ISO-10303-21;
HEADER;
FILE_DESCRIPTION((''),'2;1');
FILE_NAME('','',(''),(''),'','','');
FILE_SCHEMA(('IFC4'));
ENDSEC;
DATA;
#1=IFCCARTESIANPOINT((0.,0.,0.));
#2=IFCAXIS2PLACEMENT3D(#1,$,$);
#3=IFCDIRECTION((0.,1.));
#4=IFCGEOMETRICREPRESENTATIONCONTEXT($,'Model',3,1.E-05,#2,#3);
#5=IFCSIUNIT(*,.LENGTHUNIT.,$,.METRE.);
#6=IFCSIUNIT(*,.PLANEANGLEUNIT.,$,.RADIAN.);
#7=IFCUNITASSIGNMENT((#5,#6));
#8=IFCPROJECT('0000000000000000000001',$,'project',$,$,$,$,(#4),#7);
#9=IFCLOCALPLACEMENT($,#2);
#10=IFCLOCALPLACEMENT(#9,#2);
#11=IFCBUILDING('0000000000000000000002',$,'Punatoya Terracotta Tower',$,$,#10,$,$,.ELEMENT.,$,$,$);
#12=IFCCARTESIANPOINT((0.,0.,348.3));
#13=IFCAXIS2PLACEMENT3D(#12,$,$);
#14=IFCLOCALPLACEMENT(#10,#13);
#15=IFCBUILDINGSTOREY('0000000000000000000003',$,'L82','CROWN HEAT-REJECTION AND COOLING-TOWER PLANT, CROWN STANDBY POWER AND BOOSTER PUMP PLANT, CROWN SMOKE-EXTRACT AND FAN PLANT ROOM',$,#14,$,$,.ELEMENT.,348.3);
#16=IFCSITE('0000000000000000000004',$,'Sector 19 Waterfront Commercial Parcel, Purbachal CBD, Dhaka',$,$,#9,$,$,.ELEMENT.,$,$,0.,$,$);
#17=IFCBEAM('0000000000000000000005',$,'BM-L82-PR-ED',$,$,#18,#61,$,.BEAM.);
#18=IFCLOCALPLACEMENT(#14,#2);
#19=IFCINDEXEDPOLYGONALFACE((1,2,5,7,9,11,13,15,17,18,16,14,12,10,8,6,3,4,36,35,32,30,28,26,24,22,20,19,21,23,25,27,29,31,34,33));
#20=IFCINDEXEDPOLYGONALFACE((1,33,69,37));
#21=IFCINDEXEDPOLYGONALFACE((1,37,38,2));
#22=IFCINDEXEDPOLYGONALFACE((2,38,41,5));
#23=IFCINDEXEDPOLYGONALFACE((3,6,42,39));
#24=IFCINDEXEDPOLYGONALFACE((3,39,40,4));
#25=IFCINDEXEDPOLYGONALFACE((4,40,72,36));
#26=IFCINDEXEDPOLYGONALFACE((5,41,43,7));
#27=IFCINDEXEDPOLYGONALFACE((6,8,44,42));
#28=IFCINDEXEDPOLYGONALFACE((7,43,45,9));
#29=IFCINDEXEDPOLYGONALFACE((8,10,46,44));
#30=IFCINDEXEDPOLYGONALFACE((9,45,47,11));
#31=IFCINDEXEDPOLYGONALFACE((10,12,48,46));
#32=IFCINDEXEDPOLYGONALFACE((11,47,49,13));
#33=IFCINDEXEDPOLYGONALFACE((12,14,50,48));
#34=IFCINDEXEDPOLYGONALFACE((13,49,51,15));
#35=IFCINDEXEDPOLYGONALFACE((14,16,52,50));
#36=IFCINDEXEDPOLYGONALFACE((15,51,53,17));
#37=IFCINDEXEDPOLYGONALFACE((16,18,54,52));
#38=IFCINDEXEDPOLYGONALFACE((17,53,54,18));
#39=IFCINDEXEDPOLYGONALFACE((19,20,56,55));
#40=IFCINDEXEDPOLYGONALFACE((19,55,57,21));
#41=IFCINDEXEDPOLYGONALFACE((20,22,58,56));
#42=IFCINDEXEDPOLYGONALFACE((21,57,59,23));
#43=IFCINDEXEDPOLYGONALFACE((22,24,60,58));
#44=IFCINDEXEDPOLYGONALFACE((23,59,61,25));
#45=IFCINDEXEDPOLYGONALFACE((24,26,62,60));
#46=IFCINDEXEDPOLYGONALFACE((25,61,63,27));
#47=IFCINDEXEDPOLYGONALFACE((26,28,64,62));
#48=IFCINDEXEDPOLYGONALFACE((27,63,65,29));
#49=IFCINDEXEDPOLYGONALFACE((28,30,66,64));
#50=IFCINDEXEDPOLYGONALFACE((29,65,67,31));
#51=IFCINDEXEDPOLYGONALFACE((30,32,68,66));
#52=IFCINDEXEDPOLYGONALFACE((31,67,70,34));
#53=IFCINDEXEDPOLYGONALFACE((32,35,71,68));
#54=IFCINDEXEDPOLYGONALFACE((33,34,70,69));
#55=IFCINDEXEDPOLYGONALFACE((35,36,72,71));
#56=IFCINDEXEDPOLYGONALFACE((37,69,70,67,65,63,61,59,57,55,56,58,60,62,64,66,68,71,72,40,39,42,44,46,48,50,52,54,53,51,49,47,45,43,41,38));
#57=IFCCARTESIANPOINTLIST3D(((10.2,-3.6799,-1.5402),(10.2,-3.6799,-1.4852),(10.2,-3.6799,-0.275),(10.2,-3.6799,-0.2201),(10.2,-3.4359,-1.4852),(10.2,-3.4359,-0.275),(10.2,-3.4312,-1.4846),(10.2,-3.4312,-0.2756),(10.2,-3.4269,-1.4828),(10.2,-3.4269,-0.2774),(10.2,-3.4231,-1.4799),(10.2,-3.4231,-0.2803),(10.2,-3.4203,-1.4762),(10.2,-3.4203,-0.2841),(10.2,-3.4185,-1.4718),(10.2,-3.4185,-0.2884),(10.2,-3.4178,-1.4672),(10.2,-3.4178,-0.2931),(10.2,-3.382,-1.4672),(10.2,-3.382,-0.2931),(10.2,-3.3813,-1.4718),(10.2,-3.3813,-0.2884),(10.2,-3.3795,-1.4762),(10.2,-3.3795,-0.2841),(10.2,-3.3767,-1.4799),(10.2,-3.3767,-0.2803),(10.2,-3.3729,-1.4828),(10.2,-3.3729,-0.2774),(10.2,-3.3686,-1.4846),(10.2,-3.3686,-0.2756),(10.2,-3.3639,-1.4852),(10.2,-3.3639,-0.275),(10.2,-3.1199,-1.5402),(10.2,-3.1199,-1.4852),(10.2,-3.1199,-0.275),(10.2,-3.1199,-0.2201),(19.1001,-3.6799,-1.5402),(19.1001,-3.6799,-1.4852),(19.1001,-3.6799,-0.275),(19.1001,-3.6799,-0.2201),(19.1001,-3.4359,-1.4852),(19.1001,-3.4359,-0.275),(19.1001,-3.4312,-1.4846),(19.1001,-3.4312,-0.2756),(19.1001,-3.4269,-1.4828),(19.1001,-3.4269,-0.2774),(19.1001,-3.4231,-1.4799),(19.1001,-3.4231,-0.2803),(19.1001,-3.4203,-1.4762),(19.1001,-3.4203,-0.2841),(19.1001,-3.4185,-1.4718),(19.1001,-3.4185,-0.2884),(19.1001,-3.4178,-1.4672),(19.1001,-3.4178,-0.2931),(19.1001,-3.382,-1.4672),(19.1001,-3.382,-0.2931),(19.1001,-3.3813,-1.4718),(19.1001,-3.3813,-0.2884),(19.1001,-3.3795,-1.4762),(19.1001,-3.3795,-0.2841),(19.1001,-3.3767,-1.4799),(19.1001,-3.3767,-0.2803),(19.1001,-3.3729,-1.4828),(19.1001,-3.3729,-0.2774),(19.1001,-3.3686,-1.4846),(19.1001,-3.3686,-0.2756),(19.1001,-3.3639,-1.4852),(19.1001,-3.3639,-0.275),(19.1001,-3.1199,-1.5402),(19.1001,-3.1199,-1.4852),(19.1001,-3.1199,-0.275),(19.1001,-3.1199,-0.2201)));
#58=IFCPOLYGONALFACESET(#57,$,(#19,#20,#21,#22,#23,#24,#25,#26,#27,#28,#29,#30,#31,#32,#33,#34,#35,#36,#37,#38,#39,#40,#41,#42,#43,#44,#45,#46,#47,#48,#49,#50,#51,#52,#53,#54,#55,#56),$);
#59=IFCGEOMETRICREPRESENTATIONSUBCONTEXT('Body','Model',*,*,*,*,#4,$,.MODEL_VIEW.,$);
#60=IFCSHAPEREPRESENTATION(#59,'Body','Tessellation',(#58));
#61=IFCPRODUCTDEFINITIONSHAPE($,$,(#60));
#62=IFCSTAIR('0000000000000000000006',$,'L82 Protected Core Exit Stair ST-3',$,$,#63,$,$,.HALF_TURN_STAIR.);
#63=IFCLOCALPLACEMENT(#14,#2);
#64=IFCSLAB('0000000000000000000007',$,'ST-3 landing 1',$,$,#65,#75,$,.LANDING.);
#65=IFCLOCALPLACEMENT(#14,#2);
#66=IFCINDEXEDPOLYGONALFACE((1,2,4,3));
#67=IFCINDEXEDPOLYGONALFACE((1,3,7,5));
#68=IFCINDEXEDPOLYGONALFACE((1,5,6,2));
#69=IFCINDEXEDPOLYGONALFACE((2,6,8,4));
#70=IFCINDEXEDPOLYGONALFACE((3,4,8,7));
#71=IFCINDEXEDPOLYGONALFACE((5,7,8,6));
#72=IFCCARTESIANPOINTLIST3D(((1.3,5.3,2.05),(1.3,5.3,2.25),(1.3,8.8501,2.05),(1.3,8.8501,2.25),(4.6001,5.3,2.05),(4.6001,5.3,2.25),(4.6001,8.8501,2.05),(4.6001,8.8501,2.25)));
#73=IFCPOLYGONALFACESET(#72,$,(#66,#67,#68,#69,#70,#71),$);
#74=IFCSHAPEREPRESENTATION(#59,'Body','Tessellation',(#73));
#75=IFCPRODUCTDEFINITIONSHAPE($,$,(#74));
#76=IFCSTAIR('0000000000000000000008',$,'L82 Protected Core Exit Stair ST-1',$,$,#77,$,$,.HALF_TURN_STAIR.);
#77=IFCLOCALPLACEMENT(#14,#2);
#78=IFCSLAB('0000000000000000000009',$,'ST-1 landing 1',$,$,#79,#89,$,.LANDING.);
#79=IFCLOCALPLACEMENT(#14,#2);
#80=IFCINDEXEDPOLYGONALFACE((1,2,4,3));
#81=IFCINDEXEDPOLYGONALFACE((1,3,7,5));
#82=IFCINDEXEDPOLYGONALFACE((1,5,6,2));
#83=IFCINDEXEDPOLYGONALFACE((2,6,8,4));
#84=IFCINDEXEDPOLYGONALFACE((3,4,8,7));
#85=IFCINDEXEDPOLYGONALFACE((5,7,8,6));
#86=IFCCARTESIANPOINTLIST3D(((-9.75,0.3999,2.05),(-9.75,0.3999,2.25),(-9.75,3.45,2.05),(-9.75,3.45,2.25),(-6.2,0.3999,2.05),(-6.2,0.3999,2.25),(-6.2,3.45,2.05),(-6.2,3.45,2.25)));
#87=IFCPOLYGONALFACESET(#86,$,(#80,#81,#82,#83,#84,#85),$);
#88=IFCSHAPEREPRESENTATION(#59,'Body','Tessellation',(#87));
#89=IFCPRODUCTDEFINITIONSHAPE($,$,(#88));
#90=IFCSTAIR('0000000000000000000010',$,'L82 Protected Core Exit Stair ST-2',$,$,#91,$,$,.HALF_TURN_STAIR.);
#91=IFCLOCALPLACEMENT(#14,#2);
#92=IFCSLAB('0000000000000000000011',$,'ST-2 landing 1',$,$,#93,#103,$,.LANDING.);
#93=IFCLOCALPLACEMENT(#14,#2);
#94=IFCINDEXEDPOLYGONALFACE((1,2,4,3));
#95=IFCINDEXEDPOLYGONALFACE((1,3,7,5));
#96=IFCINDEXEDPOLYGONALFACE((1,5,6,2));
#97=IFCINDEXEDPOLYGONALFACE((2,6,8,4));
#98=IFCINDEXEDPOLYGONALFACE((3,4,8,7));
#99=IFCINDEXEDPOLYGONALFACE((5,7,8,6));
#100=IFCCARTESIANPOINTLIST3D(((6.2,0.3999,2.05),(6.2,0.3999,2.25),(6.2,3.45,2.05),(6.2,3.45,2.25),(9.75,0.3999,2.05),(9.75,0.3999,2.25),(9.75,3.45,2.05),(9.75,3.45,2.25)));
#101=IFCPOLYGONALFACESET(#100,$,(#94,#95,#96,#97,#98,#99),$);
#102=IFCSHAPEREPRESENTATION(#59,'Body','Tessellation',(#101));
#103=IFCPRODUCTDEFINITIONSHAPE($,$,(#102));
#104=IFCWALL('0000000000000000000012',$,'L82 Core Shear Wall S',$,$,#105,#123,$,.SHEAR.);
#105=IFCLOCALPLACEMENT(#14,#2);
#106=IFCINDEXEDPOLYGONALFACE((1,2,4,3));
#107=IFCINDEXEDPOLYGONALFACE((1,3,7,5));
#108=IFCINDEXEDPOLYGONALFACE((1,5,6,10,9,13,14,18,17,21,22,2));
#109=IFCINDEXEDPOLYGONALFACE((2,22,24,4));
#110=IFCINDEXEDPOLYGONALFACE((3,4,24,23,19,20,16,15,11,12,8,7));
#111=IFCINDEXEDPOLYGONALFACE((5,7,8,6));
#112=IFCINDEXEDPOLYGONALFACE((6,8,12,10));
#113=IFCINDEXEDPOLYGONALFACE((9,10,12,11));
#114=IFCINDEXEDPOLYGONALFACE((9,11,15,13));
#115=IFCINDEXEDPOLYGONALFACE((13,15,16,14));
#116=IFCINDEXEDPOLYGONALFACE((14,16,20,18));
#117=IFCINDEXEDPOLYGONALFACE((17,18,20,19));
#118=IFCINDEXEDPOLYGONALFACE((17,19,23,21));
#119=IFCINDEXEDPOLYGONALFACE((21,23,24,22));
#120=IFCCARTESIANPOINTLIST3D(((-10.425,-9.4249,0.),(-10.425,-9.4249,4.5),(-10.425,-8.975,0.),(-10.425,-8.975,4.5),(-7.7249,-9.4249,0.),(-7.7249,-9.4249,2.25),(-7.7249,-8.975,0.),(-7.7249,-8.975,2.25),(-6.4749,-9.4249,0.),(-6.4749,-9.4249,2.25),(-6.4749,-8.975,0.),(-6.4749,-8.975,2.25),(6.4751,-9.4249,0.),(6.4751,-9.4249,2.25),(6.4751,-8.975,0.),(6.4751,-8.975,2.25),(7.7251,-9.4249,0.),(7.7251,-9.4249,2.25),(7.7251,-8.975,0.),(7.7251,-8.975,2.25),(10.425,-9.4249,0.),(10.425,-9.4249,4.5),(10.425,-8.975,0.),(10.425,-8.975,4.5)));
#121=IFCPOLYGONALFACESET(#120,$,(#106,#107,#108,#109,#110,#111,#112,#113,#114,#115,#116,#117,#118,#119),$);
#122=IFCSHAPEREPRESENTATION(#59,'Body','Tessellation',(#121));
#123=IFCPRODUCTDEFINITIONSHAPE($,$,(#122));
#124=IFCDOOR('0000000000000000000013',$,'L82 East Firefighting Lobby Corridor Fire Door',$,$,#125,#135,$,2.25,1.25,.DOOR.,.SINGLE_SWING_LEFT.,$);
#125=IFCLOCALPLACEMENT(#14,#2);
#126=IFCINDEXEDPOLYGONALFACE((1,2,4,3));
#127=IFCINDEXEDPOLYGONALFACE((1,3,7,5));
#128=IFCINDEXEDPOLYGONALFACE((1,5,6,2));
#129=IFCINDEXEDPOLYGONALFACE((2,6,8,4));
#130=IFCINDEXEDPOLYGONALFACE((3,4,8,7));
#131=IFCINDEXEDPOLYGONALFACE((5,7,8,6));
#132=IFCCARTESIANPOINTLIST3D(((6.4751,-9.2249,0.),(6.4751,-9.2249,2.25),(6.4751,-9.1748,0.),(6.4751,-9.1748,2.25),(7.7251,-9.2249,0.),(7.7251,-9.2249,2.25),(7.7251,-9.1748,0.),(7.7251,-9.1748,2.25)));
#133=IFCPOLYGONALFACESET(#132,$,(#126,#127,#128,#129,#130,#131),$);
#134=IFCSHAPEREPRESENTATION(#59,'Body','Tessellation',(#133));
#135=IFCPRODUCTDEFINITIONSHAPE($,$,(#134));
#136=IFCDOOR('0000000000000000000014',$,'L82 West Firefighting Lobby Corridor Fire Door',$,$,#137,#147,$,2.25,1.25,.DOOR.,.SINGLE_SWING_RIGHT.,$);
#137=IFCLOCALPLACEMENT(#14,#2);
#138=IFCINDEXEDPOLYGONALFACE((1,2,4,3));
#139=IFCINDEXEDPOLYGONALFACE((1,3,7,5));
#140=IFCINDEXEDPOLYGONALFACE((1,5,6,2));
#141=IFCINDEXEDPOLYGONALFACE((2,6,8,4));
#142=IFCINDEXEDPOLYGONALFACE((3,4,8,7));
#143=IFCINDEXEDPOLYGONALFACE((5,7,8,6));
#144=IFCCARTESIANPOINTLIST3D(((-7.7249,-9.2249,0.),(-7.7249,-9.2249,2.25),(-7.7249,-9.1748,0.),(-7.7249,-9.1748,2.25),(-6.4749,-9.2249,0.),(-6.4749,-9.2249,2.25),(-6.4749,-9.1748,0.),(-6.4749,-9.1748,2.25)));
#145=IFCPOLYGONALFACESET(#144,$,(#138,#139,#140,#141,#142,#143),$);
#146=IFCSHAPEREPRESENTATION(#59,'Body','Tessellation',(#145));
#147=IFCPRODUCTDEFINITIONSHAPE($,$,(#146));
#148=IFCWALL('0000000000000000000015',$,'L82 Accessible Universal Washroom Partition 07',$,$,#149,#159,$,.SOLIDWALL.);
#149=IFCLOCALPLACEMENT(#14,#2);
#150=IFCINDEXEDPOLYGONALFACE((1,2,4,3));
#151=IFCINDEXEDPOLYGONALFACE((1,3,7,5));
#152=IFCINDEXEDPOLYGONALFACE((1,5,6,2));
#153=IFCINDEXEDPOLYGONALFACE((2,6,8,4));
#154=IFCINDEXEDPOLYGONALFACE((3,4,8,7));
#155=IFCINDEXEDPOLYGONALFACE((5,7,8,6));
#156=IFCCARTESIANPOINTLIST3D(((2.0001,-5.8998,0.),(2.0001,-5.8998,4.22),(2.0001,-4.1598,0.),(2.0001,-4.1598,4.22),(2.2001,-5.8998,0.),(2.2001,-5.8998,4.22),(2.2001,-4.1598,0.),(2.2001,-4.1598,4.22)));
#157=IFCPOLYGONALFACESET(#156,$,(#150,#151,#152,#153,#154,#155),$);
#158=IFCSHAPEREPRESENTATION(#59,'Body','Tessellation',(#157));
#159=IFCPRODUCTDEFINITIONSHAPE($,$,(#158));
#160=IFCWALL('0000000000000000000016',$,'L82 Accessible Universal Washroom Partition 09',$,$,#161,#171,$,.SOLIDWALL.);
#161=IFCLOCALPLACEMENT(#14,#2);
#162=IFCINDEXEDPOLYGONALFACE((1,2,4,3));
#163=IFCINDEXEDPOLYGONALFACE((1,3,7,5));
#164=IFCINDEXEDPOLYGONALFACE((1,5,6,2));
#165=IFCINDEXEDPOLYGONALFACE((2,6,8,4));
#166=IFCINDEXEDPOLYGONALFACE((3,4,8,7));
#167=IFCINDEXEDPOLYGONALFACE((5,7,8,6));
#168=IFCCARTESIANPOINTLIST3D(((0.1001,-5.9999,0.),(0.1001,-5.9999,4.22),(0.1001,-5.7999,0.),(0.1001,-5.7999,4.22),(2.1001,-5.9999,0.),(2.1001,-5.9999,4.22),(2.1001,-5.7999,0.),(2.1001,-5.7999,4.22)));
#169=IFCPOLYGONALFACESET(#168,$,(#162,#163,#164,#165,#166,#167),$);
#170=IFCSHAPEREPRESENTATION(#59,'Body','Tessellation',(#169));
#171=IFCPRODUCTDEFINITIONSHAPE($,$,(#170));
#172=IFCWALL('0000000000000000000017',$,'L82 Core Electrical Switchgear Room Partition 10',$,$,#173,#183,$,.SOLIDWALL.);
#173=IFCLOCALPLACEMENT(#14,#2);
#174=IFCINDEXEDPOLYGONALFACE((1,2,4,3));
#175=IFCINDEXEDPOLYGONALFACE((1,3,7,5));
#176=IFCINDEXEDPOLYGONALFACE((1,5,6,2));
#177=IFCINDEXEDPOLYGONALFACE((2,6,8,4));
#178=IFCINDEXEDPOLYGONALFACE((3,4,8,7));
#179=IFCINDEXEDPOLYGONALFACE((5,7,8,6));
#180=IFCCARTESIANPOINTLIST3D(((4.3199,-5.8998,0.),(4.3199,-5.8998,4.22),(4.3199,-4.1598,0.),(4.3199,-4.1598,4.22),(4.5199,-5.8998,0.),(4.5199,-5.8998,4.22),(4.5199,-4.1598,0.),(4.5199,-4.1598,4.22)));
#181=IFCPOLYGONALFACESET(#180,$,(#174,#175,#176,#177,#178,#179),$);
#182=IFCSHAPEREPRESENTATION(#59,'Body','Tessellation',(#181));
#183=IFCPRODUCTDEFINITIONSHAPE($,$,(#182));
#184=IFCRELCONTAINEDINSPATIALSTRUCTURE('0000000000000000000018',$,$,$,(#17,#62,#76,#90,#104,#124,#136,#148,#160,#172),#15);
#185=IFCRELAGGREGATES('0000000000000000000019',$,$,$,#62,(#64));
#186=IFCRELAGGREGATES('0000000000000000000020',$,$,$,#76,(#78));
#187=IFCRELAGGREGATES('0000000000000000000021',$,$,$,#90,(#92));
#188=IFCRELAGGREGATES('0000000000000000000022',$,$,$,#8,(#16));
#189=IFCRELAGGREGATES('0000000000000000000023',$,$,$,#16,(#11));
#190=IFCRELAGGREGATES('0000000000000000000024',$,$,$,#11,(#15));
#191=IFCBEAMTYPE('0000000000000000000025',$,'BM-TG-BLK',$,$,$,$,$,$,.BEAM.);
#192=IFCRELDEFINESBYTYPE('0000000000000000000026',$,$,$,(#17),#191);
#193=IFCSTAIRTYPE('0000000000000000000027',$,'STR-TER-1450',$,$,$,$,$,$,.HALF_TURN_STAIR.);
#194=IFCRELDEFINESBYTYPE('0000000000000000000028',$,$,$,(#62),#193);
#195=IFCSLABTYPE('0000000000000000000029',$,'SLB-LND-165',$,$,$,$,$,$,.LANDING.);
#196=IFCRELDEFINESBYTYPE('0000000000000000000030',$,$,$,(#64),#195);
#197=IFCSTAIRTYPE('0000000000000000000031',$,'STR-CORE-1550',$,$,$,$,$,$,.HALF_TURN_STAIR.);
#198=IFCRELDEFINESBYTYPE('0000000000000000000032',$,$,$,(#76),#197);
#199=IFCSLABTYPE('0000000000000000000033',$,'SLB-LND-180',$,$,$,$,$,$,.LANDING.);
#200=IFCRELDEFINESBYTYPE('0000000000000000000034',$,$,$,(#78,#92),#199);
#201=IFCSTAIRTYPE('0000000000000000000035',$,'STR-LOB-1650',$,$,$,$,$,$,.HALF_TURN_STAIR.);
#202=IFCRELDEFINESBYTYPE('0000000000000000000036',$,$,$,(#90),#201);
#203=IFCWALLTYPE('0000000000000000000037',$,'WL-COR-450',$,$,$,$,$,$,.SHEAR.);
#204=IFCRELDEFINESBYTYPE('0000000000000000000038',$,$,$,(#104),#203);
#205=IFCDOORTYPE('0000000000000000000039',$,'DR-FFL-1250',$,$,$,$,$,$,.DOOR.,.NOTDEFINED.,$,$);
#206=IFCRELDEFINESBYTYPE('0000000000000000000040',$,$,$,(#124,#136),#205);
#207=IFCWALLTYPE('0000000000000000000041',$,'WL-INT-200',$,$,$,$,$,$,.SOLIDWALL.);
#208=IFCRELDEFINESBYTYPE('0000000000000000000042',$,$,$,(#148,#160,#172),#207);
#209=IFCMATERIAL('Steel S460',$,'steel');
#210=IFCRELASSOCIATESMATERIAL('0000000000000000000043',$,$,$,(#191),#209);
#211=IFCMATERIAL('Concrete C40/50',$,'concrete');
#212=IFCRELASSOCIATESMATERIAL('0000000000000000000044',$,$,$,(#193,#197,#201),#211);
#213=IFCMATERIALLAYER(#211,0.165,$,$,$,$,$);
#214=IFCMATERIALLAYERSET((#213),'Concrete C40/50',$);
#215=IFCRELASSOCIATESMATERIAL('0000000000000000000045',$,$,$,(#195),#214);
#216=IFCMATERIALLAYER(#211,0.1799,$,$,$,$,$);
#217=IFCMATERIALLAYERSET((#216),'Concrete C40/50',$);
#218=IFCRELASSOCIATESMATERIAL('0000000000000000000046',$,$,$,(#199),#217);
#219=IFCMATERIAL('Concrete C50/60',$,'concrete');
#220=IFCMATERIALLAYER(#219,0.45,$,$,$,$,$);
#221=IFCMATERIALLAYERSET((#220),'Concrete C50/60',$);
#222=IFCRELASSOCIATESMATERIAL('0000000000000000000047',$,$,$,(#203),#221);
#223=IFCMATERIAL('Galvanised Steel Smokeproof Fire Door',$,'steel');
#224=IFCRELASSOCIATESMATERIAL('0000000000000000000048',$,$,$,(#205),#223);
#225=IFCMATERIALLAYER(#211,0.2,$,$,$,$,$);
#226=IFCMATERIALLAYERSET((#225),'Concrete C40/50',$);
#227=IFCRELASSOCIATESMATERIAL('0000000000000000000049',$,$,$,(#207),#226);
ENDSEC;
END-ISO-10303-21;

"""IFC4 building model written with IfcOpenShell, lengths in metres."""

from ifc_helpers import new_model, si_unit, direction, frame, frame_2d, origin, origin_2d, place, context, subcontext, project, spatial, polyline, rectangle, i_section, outline, extrude, material, layer, layer_set, material_profile, profile_set, type_object, element, fill, aggregate, save


model = new_model("IFC4")

# Units and contexts
model_context = context("Model", 3, precision=1e-05, world=origin(), true_north=direction((0.0, 1.0)))
body_context = subcontext(model_context, "Body", "Model", "MODEL_VIEW")
ifc_project = project(units=[si_unit("LENGTHUNIT", "METRE"), si_unit("PLANEANGLEUNIT", "RADIAN")], contexts=[model_context])

# Site, building, storey
site_placement = place(None, origin())
site = spatial("IfcSite", under=ifc_project, at=site_placement, Name="Sector 19 Waterfront Commercial Parcel, Purbachal CBD, Dhaka", CompositionType="ELEMENT", RefElevation=0.0)
building_placement = place(site_placement, origin())
building = spatial("IfcBuilding", under=site, at=building_placement, Name="Punatoya Terracotta Tower", CompositionType="ELEMENT")
storey_placement = place(building_placement, frame((0.0, 0.0, 348.3)))
storey = spatial("IfcBuildingStorey", under=building, at=storey_placement, Name="L82", Description="CROWN HEAT-REJECTION AND COOLING-TOWER PLANT, CROWN STANDBY POWER AND BOOSTER PUMP PLANT, CROWN SMOKE-EXTRACT AND FAN PLANT ROOM", CompositionType="ELEMENT", Elevation=348.3)

# Beam
ifc_material_1 = material(Name="Steel S460", Category="steel")
ifc_material_profile = material_profile(ifc_material_1, i_section(OverallWidth=0.5601, OverallDepth=1.3201, WebThickness=0.0359, FlangeThickness=0.0549, FilletRadius=0.0181, at=origin_2d()))
ifc_profile_set = profile_set([ifc_material_profile], Name="Steel S460")
beam_type = type_object("IfcBeamType", Name="BM-TG-BLK", PredefinedType="BEAM", material=ifc_profile_set)
beam_placement = place(storey_placement, frame((10.2, -3.3999, -0.8801), z_axis=(1.0, 0.0, 0.0), x_axis=(0.0, 1.0, 0.0)))
element("IfcBeam", 1, at=beam_placement, inside=storey, type_object=beam_type, Name="BM-L82-PR-ED", PredefinedType="BEAM", context=body_context, shape_type="SweptSolid", body=[
    extrude(i_section(OverallWidth=0.5601, OverallDepth=1.3201, WebThickness=0.0359, FlangeThickness=0.0549, FilletRadius=0.0181, at=origin_2d()), origin(), (0.0, 0.0, 1.0), 8.9001),
])

# Stairs, slabs
ifc_material_2 = material(Name="Concrete C40/50", Category="concrete")
stair_type_1 = type_object("IfcStairType", Name="STR-TER-1450", PredefinedType="HALF_TURN_STAIR", material=ifc_material_2)
stair_1_placement = place(storey_placement, origin())
stair_1 = element("IfcStair", 2, at=stair_1_placement, inside=storey, type_object=stair_type_1, Name="L82 Protected Core Exit Stair ST-3", PredefinedType="HALF_TURN_STAIR")
ifc_layer_1 = layer(ifc_material_2, 0.165)
ifc_layer_set_1 = layer_set([ifc_layer_1], Name="Concrete C40/50")
slab_type_1 = type_object("IfcSlabType", Name="SLB-LND-165", PredefinedType="LANDING", material=ifc_layer_set_1)
slab_1_placement = place(storey_placement, frame((0.0, 0.0, 2.05)))
slab_1 = element("IfcSlab", 3, at=slab_1_placement, type_object=slab_type_1, Name="ST-3 landing 1", PredefinedType="LANDING", context=body_context, shape_type="SweptSolid", body=[
    extrude(outline(polyline([(1.3, 5.3), (4.6001, 5.3), (4.6001, 8.8501), (1.3, 8.8501), (1.3, 5.3)])), origin(), (0.0, 0.0, 1.0), 0.2),
])
aggregate(stair_1, [slab_1])
stair_type_2 = type_object("IfcStairType", Name="STR-CORE-1550", PredefinedType="HALF_TURN_STAIR", material=ifc_material_2)
stair_2_placement = place(storey_placement, origin())
stair_2 = element("IfcStair", 4, at=stair_2_placement, inside=storey, type_object=stair_type_2, Name="L82 Protected Core Exit Stair ST-1", PredefinedType="HALF_TURN_STAIR")
ifc_layer_2 = layer(ifc_material_2, 0.1799)
ifc_layer_set_2 = layer_set([ifc_layer_2], Name="Concrete C40/50")
slab_type_2 = type_object("IfcSlabType", Name="SLB-LND-180", PredefinedType="LANDING", material=ifc_layer_set_2)
slab_2_placement = place(storey_placement, frame((0.0, 0.0, 2.05)))
slab_2 = element("IfcSlab", 5, at=slab_2_placement, type_object=slab_type_2, Name="ST-1 landing 1", PredefinedType="LANDING", context=body_context, shape_type="SweptSolid", body=[
    extrude(outline(polyline([(-6.2, 0.3999), (-6.2, 3.45), (-9.75, 3.45), (-9.75, 0.3999), (-6.2, 0.3999)])), origin(), (0.0, 0.0, 1.0), 0.2),
])
aggregate(stair_2, [slab_2])
stair_type_3 = type_object("IfcStairType", Name="STR-LOB-1650", PredefinedType="HALF_TURN_STAIR", material=ifc_material_2)
stair_3_placement = place(storey_placement, origin())
stair_3 = element("IfcStair", 6, at=stair_3_placement, inside=storey, type_object=stair_type_3, Name="L82 Protected Core Exit Stair ST-2", PredefinedType="HALF_TURN_STAIR")
slab_3_placement = place(storey_placement, frame((0.0, 0.0, 2.05)))
slab_3 = element("IfcSlab", 7, at=slab_3_placement, type_object=slab_type_2, Name="ST-2 landing 1", PredefinedType="LANDING", context=body_context, shape_type="SweptSolid", body=[
    extrude(outline(polyline([(9.75, 0.3999), (9.75, 3.45), (6.2, 3.45), (6.2, 0.3999), (9.75, 0.3999)])), origin(), (0.0, 0.0, 1.0), 0.2),
])

# Wall, openings, doors
ifc_material_3 = material(Name="Concrete C50/60", Category="concrete")
ifc_layer_3 = layer(ifc_material_3, 0.45)
ifc_layer_set_3 = layer_set([ifc_layer_3], Name="Concrete C50/60")
wall_type_1 = type_object("IfcWallType", Name="WL-COR-450", PredefinedType="SHEAR", material=ifc_layer_set_3)
wall_1_placement = place(storey_placement, frame((10.425, -9.2, 0.0), z_axis=(0.0, 0.0, 1.0), x_axis=(-1.0, 0.0, 0.0)))
wall_1 = element("IfcWall", 8, at=wall_1_placement, inside=storey, type_object=wall_type_1, Name="L82 Core Shear Wall S", PredefinedType="SHEAR", context=body_context, shape_type="SweptSolid", body=[
    extrude(rectangle(XDim=20.8501, YDim=0.45, at=frame_2d((10.425, 0.0))), origin(), (0.0, 0.0, 1.0), 4.5),
])
opening_1_placement = place(wall_1_placement, frame((2.7, 0.0, 0.0)))
opening_1 = element("IfcOpeningElement", 9, at=opening_1_placement, cuts=wall_1, PredefinedType="OPENING", context=body_context, shape_type="SweptSolid", body=[
    extrude(rectangle(XDim=1.25, YDim=2.25, at=frame_2d((0.625, 1.125))), frame((0.0, 0.2349, 0.0), z_axis=(0.0, -1.0, 0.0), x_axis=(1.0, 0.0, 0.0)), (0.0, 0.0, 1.0), 0.47),
])
opening_2_placement = place(wall_1_placement, frame((16.8999, 0.0, 0.0)))
opening_2 = element("IfcOpeningElement", 10, at=opening_2_placement, cuts=wall_1, PredefinedType="OPENING", context=body_context, shape_type="SweptSolid", body=[
    extrude(rectangle(XDim=1.25, YDim=2.25, at=frame_2d((0.625, 1.125))), frame((0.0, 0.2349, 0.0), z_axis=(0.0, -1.0, 0.0), x_axis=(1.0, 0.0, 0.0)), (0.0, 0.0, 1.0), 0.47),
])
ifc_material_4 = material(Name="Galvanised Steel Smokeproof Fire Door", Category="steel")
door_type_1 = type_object("IfcDoorType", Name="DR-FFL-1250", OperationType="NOTDEFINED", PredefinedType="DOOR", material=ifc_material_4)
door_1_placement = place(opening_1_placement, origin())
door_1 = element("IfcDoor", 11, at=door_1_placement, inside=storey, type_object=door_type_1, Name="L82 East Firefighting Lobby Corridor Fire Door", OperationType="SINGLE_SWING_LEFT", OverallHeight=2.25, OverallWidth=1.25, PredefinedType="DOOR", context=body_context, shape_type="SweptSolid", body=[
    extrude(rectangle(XDim=1.25, YDim=2.25, at=frame_2d((0.625, 1.125))), frame((0.0, 0.0249, 0.0), z_axis=(0.0, -1.0, 0.0), x_axis=(1.0, 0.0, 0.0)), (0.0, 0.0, 1.0), 0.05),
])
fill(opening_1, door_1)
door_2_placement = place(opening_2_placement, origin())
door_2 = element("IfcDoor", 12, at=door_2_placement, inside=storey, type_object=door_type_1, Name="L82 West Firefighting Lobby Corridor Fire Door", OperationType="SINGLE_SWING_RIGHT", OverallHeight=2.25, OverallWidth=1.25, PredefinedType="DOOR", context=body_context, shape_type="SweptSolid", body=[
    extrude(rectangle(XDim=1.25, YDim=2.25, at=frame_2d((0.625, 1.125))), frame((0.0, 0.0249, 0.0), z_axis=(0.0, -1.0, 0.0), x_axis=(1.0, 0.0, 0.0)), (0.0, 0.0, 1.0), 0.05),
])
fill(opening_2, door_2)

# Wall
ifc_layer_4 = layer(ifc_material_2, 0.2)
ifc_layer_set_4 = layer_set([ifc_layer_4], Name="Concrete C40/50")
wall_type_2 = type_object("IfcWallType", Name="WL-INT-200", PredefinedType="SOLIDWALL", material=ifc_layer_set_4)
wall_2_placement = place(storey_placement, frame((2.1001, -5.8999, 0.0), z_axis=(0.0, 0.0, 1.0), x_axis=(0.0, 1.0, 0.0)))
element("IfcWall", 13, at=wall_2_placement, inside=storey, type_object=wall_type_2, Name="L82 Accessible Universal Washroom Partition 07", PredefinedType="SOLIDWALL", context=body_context, shape_type="SweptSolid", body=[
    extrude(rectangle(XDim=1.74, YDim=0.2, at=frame_2d((0.8701, 0.0))), origin(), (0.0, 0.0, 1.0), 4.22),
])

# Walls
wall_3_placement = place(storey_placement, frame((0.1001, -5.8999, 0.0), z_axis=(0.0, 0.0, 1.0), x_axis=(1.0, 0.0, 0.0)))
element("IfcWall", 14, at=wall_3_placement, inside=storey, type_object=wall_type_2, Name="L82 Accessible Universal Washroom Partition 09", PredefinedType="SOLIDWALL", context=body_context, shape_type="SweptSolid", body=[
    extrude(rectangle(XDim=2.0, YDim=0.2, at=frame_2d((1.0, 0.0))), origin(), (0.0, 0.0, 1.0), 4.22),
])
wall_4_placement = place(storey_placement, frame((4.4199, -5.8999, 0.0), z_axis=(0.0, 0.0, 1.0), x_axis=(0.0, 1.0, 0.0)))
element("IfcWall", 15, at=wall_4_placement, inside=storey, type_object=wall_type_2, Name="L82 Core Electrical Switchgear Room Partition 10", PredefinedType="SOLIDWALL", context=body_context, shape_type="SweptSolid", body=[
    extrude(rectangle(XDim=1.74, YDim=0.2, at=frame_2d((0.8701, 0.0))), origin(), (0.0, 0.0, 1.0), 4.22),
])

aggregate(stair_3, [slab_3])

save(model, "model.ifc")
